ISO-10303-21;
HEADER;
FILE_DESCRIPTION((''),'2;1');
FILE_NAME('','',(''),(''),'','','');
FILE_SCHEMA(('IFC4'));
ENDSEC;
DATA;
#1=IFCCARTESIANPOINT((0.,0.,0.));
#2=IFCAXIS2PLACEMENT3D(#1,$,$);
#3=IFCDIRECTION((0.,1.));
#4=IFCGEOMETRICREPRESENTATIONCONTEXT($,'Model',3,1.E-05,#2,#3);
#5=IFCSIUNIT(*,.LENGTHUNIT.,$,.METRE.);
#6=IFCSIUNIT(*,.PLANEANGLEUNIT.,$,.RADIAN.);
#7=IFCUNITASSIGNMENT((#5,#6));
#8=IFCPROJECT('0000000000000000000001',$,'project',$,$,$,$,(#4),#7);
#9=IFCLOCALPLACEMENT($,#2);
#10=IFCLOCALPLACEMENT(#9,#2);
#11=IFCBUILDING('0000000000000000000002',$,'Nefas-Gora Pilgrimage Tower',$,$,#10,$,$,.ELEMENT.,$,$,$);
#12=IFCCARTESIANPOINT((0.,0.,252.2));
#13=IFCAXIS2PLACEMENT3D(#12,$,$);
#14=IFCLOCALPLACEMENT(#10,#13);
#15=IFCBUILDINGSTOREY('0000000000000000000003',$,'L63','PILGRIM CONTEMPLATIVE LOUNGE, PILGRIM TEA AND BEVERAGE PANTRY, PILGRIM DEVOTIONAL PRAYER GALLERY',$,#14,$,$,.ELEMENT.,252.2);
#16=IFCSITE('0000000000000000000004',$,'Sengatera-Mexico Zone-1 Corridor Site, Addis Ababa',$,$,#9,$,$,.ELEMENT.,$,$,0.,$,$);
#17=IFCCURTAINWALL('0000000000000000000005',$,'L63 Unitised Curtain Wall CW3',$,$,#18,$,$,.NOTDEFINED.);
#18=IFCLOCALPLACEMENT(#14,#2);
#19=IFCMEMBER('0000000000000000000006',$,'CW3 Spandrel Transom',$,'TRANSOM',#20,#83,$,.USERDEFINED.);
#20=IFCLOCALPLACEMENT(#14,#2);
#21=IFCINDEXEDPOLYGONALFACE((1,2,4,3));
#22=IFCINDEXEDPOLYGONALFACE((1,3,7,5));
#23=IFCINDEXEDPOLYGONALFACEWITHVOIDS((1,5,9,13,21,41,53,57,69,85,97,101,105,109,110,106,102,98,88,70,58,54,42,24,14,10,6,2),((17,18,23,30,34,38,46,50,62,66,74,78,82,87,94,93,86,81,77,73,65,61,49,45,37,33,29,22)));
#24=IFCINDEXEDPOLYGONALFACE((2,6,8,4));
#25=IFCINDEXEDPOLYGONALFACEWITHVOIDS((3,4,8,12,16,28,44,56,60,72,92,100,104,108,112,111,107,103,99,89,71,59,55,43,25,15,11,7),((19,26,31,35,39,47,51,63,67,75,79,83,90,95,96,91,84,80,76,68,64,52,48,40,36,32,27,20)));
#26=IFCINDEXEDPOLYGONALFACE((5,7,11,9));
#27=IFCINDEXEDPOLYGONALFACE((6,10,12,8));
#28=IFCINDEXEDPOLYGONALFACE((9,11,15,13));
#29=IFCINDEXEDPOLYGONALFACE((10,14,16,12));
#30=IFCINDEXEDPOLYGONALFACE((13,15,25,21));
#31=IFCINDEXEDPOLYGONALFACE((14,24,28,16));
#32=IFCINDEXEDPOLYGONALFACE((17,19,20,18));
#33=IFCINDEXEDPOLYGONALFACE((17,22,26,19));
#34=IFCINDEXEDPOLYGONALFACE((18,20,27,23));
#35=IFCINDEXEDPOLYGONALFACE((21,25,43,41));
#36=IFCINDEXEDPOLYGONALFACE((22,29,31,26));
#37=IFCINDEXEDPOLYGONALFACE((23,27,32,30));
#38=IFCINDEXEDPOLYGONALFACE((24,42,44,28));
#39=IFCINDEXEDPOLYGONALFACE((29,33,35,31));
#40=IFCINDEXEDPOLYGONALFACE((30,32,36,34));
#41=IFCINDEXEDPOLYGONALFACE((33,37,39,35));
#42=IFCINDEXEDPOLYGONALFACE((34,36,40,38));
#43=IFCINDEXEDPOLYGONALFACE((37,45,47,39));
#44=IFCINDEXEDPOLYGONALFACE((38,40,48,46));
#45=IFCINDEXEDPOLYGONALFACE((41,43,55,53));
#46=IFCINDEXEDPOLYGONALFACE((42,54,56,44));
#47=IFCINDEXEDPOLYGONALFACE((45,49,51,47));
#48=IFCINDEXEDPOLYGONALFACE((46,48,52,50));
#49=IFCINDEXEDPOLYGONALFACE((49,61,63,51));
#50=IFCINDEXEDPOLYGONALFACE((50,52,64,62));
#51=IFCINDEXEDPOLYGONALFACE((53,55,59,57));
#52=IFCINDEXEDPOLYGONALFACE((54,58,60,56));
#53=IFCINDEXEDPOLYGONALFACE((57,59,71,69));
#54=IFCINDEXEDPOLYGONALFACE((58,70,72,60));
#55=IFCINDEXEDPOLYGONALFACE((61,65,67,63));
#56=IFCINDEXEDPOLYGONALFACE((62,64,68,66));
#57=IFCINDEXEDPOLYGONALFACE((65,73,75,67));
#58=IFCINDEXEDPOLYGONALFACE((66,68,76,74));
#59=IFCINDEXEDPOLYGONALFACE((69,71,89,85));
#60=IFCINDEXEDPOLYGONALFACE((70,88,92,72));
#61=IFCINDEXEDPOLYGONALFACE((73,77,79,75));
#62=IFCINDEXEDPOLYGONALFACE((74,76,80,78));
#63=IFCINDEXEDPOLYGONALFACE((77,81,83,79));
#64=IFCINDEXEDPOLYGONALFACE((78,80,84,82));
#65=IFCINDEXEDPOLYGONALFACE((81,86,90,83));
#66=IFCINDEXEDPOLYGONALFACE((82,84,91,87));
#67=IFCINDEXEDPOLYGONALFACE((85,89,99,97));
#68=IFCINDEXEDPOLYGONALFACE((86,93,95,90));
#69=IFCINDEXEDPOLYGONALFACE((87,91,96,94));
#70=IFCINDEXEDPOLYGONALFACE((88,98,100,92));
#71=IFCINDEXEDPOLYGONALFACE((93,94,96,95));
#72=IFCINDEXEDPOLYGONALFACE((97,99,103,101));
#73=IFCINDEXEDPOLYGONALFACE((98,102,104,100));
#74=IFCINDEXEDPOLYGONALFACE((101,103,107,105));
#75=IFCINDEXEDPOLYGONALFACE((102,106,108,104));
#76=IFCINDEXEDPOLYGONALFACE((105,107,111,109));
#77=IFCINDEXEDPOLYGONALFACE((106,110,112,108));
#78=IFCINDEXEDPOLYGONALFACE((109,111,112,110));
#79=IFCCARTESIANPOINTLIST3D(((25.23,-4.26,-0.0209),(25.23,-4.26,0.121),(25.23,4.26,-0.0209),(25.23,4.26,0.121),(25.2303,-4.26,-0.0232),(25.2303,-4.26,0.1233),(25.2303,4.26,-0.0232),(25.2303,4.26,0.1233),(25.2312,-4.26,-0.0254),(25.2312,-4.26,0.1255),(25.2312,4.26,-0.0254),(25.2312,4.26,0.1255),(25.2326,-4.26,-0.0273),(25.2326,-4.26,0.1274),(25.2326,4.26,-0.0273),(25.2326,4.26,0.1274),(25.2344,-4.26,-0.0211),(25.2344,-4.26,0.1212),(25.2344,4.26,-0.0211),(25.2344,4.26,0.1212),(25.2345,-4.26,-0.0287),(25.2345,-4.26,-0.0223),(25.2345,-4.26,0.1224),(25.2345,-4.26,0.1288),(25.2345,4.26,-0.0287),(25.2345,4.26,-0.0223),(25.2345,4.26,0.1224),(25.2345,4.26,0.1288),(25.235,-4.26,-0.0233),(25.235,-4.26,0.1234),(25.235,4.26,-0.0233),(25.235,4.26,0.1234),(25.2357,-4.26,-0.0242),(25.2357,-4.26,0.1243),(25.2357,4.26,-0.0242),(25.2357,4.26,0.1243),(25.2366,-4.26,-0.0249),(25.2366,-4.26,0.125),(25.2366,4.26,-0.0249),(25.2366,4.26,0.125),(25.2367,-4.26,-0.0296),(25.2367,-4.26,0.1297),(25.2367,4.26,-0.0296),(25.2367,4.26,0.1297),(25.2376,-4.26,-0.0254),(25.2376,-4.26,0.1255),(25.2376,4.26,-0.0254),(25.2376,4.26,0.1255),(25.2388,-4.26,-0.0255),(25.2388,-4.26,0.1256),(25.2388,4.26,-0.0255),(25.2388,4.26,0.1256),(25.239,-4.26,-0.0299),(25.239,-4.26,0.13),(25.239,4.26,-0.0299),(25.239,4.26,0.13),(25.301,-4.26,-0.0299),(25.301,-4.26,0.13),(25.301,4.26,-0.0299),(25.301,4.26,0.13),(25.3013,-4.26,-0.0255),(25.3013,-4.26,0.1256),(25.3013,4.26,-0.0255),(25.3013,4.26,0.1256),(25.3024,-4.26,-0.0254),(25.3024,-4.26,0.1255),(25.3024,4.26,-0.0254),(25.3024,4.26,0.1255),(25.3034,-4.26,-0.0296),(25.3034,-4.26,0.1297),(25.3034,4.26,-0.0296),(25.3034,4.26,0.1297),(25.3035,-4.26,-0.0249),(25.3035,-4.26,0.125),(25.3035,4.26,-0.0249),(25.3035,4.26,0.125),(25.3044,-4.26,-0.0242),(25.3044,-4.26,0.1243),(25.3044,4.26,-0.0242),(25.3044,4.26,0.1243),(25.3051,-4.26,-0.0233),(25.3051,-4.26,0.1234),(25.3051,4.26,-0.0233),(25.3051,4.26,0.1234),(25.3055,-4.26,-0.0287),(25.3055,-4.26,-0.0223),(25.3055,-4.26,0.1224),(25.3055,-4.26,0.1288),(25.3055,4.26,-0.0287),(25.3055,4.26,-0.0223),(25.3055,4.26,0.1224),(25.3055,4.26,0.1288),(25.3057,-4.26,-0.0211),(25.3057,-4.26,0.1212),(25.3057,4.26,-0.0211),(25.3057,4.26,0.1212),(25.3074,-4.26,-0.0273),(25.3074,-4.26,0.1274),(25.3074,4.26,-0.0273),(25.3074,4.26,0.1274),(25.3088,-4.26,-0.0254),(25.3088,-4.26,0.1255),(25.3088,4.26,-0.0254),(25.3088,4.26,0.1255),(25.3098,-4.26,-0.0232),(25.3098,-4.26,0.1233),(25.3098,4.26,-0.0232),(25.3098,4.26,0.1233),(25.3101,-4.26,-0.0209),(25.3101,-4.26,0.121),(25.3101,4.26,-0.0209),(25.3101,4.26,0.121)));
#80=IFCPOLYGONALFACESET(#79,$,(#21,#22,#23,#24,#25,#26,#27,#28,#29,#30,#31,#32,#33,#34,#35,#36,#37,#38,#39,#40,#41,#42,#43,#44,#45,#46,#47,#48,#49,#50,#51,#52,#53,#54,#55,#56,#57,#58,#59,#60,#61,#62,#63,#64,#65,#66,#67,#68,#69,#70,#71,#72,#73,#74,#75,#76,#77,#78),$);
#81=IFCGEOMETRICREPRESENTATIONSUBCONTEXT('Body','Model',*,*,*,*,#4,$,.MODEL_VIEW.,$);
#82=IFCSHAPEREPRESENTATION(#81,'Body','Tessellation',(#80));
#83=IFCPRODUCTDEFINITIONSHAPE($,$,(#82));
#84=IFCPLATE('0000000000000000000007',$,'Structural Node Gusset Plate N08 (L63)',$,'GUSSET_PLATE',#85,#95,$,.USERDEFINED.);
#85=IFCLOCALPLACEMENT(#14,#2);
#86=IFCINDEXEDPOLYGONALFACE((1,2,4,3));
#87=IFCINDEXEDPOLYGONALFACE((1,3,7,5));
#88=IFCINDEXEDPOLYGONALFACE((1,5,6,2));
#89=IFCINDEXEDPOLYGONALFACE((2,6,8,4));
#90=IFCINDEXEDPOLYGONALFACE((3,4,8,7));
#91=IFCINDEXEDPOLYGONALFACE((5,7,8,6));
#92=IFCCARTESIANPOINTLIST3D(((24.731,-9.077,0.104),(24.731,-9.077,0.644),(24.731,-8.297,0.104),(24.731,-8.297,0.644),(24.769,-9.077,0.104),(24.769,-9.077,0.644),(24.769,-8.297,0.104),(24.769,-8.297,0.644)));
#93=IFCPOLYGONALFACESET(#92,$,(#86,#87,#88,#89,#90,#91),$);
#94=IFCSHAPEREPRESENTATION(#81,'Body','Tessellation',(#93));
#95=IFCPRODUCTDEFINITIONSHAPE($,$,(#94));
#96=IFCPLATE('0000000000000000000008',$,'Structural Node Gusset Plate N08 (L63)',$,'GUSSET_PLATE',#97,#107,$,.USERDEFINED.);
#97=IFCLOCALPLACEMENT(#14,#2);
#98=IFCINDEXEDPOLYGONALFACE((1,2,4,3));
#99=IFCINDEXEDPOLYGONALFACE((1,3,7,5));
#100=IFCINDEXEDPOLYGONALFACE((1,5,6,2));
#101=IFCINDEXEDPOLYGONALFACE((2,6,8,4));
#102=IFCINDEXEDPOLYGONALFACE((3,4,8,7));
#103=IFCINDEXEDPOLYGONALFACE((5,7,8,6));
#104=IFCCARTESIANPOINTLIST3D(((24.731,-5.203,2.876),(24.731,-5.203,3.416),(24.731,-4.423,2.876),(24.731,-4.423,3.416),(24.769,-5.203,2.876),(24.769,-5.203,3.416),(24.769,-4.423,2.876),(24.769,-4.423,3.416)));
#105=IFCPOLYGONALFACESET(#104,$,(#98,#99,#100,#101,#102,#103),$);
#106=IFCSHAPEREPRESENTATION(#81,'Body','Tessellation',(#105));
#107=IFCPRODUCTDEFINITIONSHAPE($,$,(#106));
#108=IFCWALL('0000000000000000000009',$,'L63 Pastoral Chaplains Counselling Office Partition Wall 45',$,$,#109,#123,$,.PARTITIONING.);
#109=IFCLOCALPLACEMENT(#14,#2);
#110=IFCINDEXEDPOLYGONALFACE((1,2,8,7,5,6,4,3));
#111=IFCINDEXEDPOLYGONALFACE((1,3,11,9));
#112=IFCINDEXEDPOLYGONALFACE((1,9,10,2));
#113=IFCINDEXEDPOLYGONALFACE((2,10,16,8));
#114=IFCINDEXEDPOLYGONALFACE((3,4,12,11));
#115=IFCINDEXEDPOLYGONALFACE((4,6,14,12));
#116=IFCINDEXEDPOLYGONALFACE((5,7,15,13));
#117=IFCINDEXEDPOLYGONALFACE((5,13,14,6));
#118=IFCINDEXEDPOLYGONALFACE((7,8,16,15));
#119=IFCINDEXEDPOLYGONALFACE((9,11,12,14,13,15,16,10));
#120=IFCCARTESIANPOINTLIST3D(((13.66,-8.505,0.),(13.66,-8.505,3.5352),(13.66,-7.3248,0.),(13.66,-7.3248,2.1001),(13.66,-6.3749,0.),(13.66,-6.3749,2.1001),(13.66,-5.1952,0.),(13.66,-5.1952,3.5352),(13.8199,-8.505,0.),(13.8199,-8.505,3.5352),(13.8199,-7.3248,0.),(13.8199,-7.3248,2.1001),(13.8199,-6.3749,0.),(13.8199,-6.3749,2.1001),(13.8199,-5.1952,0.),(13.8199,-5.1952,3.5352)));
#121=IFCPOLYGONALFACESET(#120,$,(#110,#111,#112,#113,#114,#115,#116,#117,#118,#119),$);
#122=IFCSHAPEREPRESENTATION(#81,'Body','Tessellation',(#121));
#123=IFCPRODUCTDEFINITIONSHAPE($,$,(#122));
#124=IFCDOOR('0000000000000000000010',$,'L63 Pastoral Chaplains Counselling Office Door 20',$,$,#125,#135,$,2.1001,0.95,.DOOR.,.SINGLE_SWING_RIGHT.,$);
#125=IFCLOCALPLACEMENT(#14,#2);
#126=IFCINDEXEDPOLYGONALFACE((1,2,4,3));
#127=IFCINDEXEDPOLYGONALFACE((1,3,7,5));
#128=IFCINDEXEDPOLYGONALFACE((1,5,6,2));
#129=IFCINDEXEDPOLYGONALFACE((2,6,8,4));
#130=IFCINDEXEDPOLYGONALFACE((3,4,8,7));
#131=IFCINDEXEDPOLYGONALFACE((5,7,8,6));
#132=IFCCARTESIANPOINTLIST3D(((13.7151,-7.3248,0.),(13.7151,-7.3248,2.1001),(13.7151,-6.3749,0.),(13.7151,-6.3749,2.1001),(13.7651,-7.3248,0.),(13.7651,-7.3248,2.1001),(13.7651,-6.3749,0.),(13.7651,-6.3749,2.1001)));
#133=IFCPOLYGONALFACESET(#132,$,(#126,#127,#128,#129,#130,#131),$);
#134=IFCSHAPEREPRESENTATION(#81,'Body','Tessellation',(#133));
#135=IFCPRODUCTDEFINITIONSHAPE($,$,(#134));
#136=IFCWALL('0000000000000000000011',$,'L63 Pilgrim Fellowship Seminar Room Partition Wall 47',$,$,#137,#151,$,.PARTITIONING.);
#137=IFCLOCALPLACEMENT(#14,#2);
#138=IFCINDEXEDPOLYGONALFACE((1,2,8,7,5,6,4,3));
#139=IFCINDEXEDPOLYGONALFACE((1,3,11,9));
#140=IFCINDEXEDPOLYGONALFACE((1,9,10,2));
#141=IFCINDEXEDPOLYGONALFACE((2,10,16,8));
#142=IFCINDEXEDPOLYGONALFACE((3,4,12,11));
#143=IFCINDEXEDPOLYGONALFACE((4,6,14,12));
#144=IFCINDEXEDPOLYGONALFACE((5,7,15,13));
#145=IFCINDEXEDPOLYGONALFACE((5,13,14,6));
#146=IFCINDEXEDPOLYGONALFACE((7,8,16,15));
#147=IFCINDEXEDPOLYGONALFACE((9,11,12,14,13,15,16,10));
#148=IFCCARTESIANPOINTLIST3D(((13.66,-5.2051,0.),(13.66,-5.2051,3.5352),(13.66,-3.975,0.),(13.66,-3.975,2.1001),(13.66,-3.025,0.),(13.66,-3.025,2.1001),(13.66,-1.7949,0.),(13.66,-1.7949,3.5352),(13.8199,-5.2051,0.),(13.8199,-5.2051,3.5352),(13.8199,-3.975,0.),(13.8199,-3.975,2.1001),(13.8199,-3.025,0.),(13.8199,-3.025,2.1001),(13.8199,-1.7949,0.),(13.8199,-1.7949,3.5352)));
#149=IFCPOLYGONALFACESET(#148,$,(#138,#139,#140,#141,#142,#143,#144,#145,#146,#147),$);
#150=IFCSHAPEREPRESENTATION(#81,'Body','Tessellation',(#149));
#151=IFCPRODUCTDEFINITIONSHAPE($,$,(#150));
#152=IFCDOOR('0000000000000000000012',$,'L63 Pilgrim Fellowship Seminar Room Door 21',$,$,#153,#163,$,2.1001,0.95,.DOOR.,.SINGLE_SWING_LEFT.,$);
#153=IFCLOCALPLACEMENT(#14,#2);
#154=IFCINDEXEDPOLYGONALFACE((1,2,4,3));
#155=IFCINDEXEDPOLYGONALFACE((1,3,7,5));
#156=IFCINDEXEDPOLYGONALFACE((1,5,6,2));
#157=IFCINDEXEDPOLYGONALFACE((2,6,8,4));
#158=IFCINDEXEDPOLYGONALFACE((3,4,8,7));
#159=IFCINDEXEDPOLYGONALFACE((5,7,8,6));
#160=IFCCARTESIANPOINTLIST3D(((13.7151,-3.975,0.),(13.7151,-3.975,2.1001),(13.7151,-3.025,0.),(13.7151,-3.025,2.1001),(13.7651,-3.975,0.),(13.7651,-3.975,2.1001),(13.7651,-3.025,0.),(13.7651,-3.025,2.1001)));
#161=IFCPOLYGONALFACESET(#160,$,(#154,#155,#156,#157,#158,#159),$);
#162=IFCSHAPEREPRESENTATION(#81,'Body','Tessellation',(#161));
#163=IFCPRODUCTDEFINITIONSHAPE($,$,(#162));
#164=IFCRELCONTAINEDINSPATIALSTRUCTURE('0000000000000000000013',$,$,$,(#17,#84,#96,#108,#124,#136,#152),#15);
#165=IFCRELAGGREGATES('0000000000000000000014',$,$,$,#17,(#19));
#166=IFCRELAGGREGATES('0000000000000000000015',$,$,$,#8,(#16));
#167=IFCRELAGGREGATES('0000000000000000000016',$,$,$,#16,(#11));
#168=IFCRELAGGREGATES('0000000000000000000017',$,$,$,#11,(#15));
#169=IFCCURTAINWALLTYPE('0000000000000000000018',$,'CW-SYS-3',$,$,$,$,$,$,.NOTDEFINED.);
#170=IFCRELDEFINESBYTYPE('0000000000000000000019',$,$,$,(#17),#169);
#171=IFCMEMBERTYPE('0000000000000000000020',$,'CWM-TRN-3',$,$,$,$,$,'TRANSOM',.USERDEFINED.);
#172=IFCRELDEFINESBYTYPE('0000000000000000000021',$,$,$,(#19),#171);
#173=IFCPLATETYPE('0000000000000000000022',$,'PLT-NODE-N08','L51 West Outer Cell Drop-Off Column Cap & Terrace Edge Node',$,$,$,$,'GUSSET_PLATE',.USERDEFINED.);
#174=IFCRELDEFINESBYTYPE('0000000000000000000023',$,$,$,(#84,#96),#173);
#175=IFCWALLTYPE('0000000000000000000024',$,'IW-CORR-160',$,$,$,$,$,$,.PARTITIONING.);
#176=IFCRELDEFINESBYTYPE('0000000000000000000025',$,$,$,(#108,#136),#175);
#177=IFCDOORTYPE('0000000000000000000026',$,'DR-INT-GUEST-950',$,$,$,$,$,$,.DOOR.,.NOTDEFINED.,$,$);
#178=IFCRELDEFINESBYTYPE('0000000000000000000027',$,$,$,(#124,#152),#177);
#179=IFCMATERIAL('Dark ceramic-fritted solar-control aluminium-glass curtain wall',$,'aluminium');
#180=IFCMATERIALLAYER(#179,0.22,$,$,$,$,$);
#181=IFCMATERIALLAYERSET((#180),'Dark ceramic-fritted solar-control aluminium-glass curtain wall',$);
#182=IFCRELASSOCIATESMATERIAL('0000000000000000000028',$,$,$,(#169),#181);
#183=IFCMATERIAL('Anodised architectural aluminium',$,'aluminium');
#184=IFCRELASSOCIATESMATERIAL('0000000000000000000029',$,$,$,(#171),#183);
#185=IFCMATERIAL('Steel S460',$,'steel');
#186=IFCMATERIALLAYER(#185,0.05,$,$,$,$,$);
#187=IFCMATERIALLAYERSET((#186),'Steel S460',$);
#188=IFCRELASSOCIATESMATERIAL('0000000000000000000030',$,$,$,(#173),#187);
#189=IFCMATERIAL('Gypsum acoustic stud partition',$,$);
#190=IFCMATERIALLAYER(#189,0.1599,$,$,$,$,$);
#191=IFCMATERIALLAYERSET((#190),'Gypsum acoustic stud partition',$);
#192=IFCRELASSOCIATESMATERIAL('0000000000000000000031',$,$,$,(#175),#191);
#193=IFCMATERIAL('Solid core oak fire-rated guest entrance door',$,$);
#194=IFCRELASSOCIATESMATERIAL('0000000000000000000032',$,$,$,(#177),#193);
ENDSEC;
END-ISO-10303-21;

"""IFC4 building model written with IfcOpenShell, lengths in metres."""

from ifc_helpers import new_model, si_unit, direction, frame, frame_2d, origin, origin_2d, place, context, subcontext, project, spatial, rectangle, hollow_rectangle, extrude, source, transform, mapped, material, layer, layer_set, material_profile, profile_set, type_object, element, fill, aggregate, save


model = new_model("IFC4")

# Units and contexts
model_context = context("Model", 3, precision=1e-05, world=origin(), true_north=direction((0.0, 1.0)))
body_context = subcontext(model_context, "Body", "Model", "MODEL_VIEW")
ifc_project = project(units=[si_unit("LENGTHUNIT", "METRE"), si_unit("PLANEANGLEUNIT", "RADIAN")], contexts=[model_context])

# Site, building, storey
site_placement = place(None, origin())
site = spatial("IfcSite", under=ifc_project, at=site_placement, Name="Sengatera-Mexico Zone-1 Corridor Site, Addis Ababa", CompositionType="ELEMENT", RefElevation=0.0)
building_placement = place(site_placement, origin())
building = spatial("IfcBuilding", under=site, at=building_placement, Name="Nefas-Gora Pilgrimage Tower", CompositionType="ELEMENT")
storey_placement = place(building_placement, frame((0.0, 0.0, 252.2)))
storey = spatial("IfcBuildingStorey", under=building, at=storey_placement, Name="L63", Description="PILGRIM CONTEMPLATIVE LOUNGE, PILGRIM TEA AND BEVERAGE PANTRY, PILGRIM DEVOTIONAL PRAYER GALLERY", CompositionType="ELEMENT", Elevation=252.2)

# Shared definitions
ifc_material_1 = material(Name="Steel S460", Category="steel")

# Curtain wall, member
ifc_material_2 = material(Name="Dark ceramic-fritted solar-control aluminium-glass curtain wall", Category="aluminium")
ifc_layer_1 = layer(ifc_material_2, 0.22)
ifc_layer_set_1 = layer_set([ifc_layer_1], Name="Dark ceramic-fritted solar-control aluminium-glass curtain wall")
curtain_wall_type = type_object("IfcCurtainWallType", Name="CW-SYS-3", PredefinedType="NOTDEFINED", material=ifc_layer_set_1)
curtain_wall_placement = place(storey_placement, origin())
curtain_wall = element("IfcCurtainWall", 1, at=curtain_wall_placement, inside=storey, type_object=curtain_wall_type, Name="L63 Unitised Curtain Wall CW3", PredefinedType="NOTDEFINED")
ifc_material_3 = material(Name="Anodised architectural aluminium", Category="aluminium")
ifc_material_profile_1 = material_profile(ifc_material_3, hollow_rectangle(XDim=0.0801, YDim=0.1599, WallThickness=0.0044, InnerFilletRadius=0.0044, OuterFilletRadius=0.009, at=origin_2d()), Name="ALU TRANSOM 80x160")
ifc_profile_set_1 = profile_set([ifc_material_profile_1], Name="Anodised architectural aluminium")
member_type_1 = type_object("IfcMemberType", Name="CWM-TRN-3", ElementType="TRANSOM", PredefinedType="USERDEFINED", material=ifc_profile_set_1)
shared_shape_1 = source(origin(), body_context, "Body", "SweptSolid", [
    extrude(hollow_rectangle(XDim=0.0801, YDim=0.1599, WallThickness=0.0044, InnerFilletRadius=0.0044, OuterFilletRadius=0.009, at=origin_2d()), origin(), (0.0, 0.0, 1.0), 8.52),
])
member_1_placement = place(storey_placement, frame((25.27, -4.26, 0.05), z_axis=(0.0, 1.0, 0.0), x_axis=(-1.0, 0.0, 0.0)))
member_1 = element("IfcMember", 2, at=member_1_placement, type_object=member_type_1, Name="CW3 Spandrel Transom", ObjectType="TRANSOM", PredefinedType="USERDEFINED", context=body_context, shape_type="MappedRepresentation", body=[
    mapped(shared_shape_1, transform((0.0, 0.0, 0.0), x_axis=(1.0, 0.0, 0.0), y_axis=(0.0, 1.0, 0.0), z_axis=(0.0, 0.0, 1.0), scale=1.0)),
])
aggregate(curtain_wall, [member_1])

# Plates
ifc_layer_2 = layer(ifc_material_1, 0.05)
ifc_layer_set_2 = layer_set([ifc_layer_2], Name="Steel S460")
plate_type = type_object("IfcPlateType", Name="PLT-NODE-N08", Description="L51 West Outer Cell Drop-Off Column Cap & Terrace Edge Node", ElementType="GUSSET_PLATE", PredefinedType="USERDEFINED", material=ifc_layer_set_2)
shared_shape_2 = source(origin(), body_context, "Body", "SweptSolid", [
    extrude(rectangle(XDim=0.78, YDim=0.0381, at=origin_2d()), origin(), (0.0, 0.0, 1.0), 0.54),
])
for number, where, z_axis, x_axis, name in (
    (3, (24.75, -8.687, 0.104), (0.0, 0.0, 1.0), (0.0, 1.0, 0.0), "Structural Node Gusset Plate N08 (L63)"),
    (4, (24.75, -4.813, 2.876), (0.0, 0.0, 1.0), (0.0, 1.0, 0.0), "Structural Node Gusset Plate N08 (L63)"),
):
    element("IfcPlate", number, at=place(storey_placement, frame(where, z_axis=z_axis, x_axis=x_axis)), inside=storey, type_object=plate_type, Name=name, ObjectType="GUSSET_PLATE", PredefinedType="USERDEFINED", context=body_context, shape_type="MappedRepresentation", body=[
        mapped(shared_shape_2, transform((0.0, 0.0, 0.0), x_axis=(1.0, 0.0, 0.0), y_axis=(0.0, 1.0, 0.0), z_axis=(0.0, 0.0, 1.0), scale=1.0)),
    ])

# Walls, openings, doors
ifc_material_4 = material(Name="Gypsum acoustic stud partition")
ifc_layer_3 = layer(ifc_material_4, 0.1599)
ifc_layer_set_3 = layer_set([ifc_layer_3], Name="Gypsum acoustic stud partition")
wall_type_1 = type_object("IfcWallType", Name="IW-CORR-160", PredefinedType="PARTITIONING", material=ifc_layer_set_3)
shared_shape_3 = source(origin(), body_context, "Body", "SweptSolid", [
    extrude(rectangle(XDim=3.3098, YDim=0.1599, at=frame_2d((1.6548, 0.0))), origin(), (0.0, 0.0, 1.0), 3.5352),
])
wall_1_placement = place(storey_placement, frame((13.74, -8.5049, 0.0), z_axis=(0.0, 0.0, 1.0), x_axis=(0.0, 1.0, 0.0)))
wall_1 = element("IfcWall", 5, at=wall_1_placement, inside=storey, type_object=wall_type_1, Name="L63 Pastoral Chaplains Counselling Office Partition Wall 45", PredefinedType="PARTITIONING", context=body_context, shape_type="MappedRepresentation", body=[
    mapped(shared_shape_3, transform((0.0, 0.0, 0.0), x_axis=(1.0, 0.0, 0.0), y_axis=(0.0, 1.0, 0.0), z_axis=(0.0, 0.0, 1.0), scale=1.0)),
])
opening_1_placement = place(wall_1_placement, frame((1.1799, 0.0, 0.0)))
opening_1 = element("IfcOpeningElement", 6, at=opening_1_placement, cuts=wall_1, PredefinedType="OPENING", context=body_context, shape_type="SweptSolid", body=[
    extrude(rectangle(XDim=0.95, YDim=2.1001, at=frame_2d((0.4751, 1.05))), frame((0.0, 0.0898, 0.0), z_axis=(0.0, -1.0, 0.0), x_axis=(1.0, 0.0, 0.0)), (0.0, 0.0, 1.0), 0.1799),
])
ifc_material_5 = material(Name="Solid core oak fire-rated guest entrance door")
door_type_1 = type_object("IfcDoorType", Name="DR-INT-GUEST-950", OperationType="NOTDEFINED", PredefinedType="DOOR", material=ifc_material_5)
shared_shape_4 = source(origin(), body_context, "Body", "SweptSolid", [
    extrude(rectangle(XDim=0.95, YDim=2.1001, at=frame_2d((0.4751, 1.05))), frame((0.0, 0.0249, 0.0), z_axis=(0.0, -1.0, 0.0), x_axis=(1.0, 0.0, 0.0)), (0.0, 0.0, 1.0), 0.05),
])
door_1_placement = place(opening_1_placement, origin())
door_1 = element("IfcDoor", 7, at=door_1_placement, inside=storey, type_object=door_type_1, Name="L63 Pastoral Chaplains Counselling Office Door 20", OperationType="SINGLE_SWING_RIGHT", OverallHeight=2.1001, OverallWidth=0.95, PredefinedType="DOOR", context=body_context, shape_type="MappedRepresentation", body=[
    mapped(shared_shape_4, transform((0.0, 0.0, 0.0), x_axis=(1.0, 0.0, 0.0), y_axis=(0.0, 1.0, 0.0), z_axis=(0.0, 0.0, 1.0), scale=1.0)),
])
fill(opening_1, door_1)
shared_shape_5 = source(origin(), body_context, "Body", "SweptSolid", [
    extrude(rectangle(XDim=3.4102, YDim=0.1599, at=frame_2d((1.7051, 0.0))), origin(), (0.0, 0.0, 1.0), 3.5352),
])
wall_2_placement = place(storey_placement, frame((13.74, -5.2051, 0.0), z_axis=(0.0, 0.0, 1.0), x_axis=(0.0, 1.0, 0.0)))
wall_2 = element("IfcWall", 8, at=wall_2_placement, inside=storey, type_object=wall_type_1, Name="L63 Pilgrim Fellowship Seminar Room Partition Wall 47", PredefinedType="PARTITIONING", context=body_context, shape_type="MappedRepresentation", body=[
    mapped(shared_shape_5, transform((0.0, 0.0, 0.0), x_axis=(1.0, 0.0, 0.0), y_axis=(0.0, 1.0, 0.0), z_axis=(0.0, 0.0, 1.0), scale=1.0)),
])
opening_2_placement = place(wall_2_placement, frame((1.23, 0.0, 0.0)))
opening_2 = element("IfcOpeningElement", 9, at=opening_2_placement, cuts=wall_2, PredefinedType="OPENING", context=body_context, shape_type="SweptSolid", body=[
    extrude(rectangle(XDim=0.95, YDim=2.1001, at=frame_2d((0.4751, 1.05))), frame((0.0, 0.0898, 0.0), z_axis=(0.0, -1.0, 0.0), x_axis=(1.0, 0.0, 0.0)), (0.0, 0.0, 1.0), 0.1799),
])
door_2_placement = place(opening_2_placement, origin())
door_2 = element("IfcDoor", 10, at=door_2_placement, inside=storey, type_object=door_type_1, Name="L63 Pilgrim Fellowship Seminar Room Door 21", OperationType="SINGLE_SWING_LEFT", OverallHeight=2.1001, OverallWidth=0.95, PredefinedType="DOOR", context=body_context, shape_type="MappedRepresentation", body=[
    mapped(shared_shape_4, transform((0.0, 0.0, 0.0), x_axis=(1.0, 0.0, 0.0), y_axis=(0.0, 1.0, 0.0), z_axis=(0.0, 0.0, 1.0), scale=1.0)),
])
fill(opening_2, door_2)

save(model, "model.ifc")
